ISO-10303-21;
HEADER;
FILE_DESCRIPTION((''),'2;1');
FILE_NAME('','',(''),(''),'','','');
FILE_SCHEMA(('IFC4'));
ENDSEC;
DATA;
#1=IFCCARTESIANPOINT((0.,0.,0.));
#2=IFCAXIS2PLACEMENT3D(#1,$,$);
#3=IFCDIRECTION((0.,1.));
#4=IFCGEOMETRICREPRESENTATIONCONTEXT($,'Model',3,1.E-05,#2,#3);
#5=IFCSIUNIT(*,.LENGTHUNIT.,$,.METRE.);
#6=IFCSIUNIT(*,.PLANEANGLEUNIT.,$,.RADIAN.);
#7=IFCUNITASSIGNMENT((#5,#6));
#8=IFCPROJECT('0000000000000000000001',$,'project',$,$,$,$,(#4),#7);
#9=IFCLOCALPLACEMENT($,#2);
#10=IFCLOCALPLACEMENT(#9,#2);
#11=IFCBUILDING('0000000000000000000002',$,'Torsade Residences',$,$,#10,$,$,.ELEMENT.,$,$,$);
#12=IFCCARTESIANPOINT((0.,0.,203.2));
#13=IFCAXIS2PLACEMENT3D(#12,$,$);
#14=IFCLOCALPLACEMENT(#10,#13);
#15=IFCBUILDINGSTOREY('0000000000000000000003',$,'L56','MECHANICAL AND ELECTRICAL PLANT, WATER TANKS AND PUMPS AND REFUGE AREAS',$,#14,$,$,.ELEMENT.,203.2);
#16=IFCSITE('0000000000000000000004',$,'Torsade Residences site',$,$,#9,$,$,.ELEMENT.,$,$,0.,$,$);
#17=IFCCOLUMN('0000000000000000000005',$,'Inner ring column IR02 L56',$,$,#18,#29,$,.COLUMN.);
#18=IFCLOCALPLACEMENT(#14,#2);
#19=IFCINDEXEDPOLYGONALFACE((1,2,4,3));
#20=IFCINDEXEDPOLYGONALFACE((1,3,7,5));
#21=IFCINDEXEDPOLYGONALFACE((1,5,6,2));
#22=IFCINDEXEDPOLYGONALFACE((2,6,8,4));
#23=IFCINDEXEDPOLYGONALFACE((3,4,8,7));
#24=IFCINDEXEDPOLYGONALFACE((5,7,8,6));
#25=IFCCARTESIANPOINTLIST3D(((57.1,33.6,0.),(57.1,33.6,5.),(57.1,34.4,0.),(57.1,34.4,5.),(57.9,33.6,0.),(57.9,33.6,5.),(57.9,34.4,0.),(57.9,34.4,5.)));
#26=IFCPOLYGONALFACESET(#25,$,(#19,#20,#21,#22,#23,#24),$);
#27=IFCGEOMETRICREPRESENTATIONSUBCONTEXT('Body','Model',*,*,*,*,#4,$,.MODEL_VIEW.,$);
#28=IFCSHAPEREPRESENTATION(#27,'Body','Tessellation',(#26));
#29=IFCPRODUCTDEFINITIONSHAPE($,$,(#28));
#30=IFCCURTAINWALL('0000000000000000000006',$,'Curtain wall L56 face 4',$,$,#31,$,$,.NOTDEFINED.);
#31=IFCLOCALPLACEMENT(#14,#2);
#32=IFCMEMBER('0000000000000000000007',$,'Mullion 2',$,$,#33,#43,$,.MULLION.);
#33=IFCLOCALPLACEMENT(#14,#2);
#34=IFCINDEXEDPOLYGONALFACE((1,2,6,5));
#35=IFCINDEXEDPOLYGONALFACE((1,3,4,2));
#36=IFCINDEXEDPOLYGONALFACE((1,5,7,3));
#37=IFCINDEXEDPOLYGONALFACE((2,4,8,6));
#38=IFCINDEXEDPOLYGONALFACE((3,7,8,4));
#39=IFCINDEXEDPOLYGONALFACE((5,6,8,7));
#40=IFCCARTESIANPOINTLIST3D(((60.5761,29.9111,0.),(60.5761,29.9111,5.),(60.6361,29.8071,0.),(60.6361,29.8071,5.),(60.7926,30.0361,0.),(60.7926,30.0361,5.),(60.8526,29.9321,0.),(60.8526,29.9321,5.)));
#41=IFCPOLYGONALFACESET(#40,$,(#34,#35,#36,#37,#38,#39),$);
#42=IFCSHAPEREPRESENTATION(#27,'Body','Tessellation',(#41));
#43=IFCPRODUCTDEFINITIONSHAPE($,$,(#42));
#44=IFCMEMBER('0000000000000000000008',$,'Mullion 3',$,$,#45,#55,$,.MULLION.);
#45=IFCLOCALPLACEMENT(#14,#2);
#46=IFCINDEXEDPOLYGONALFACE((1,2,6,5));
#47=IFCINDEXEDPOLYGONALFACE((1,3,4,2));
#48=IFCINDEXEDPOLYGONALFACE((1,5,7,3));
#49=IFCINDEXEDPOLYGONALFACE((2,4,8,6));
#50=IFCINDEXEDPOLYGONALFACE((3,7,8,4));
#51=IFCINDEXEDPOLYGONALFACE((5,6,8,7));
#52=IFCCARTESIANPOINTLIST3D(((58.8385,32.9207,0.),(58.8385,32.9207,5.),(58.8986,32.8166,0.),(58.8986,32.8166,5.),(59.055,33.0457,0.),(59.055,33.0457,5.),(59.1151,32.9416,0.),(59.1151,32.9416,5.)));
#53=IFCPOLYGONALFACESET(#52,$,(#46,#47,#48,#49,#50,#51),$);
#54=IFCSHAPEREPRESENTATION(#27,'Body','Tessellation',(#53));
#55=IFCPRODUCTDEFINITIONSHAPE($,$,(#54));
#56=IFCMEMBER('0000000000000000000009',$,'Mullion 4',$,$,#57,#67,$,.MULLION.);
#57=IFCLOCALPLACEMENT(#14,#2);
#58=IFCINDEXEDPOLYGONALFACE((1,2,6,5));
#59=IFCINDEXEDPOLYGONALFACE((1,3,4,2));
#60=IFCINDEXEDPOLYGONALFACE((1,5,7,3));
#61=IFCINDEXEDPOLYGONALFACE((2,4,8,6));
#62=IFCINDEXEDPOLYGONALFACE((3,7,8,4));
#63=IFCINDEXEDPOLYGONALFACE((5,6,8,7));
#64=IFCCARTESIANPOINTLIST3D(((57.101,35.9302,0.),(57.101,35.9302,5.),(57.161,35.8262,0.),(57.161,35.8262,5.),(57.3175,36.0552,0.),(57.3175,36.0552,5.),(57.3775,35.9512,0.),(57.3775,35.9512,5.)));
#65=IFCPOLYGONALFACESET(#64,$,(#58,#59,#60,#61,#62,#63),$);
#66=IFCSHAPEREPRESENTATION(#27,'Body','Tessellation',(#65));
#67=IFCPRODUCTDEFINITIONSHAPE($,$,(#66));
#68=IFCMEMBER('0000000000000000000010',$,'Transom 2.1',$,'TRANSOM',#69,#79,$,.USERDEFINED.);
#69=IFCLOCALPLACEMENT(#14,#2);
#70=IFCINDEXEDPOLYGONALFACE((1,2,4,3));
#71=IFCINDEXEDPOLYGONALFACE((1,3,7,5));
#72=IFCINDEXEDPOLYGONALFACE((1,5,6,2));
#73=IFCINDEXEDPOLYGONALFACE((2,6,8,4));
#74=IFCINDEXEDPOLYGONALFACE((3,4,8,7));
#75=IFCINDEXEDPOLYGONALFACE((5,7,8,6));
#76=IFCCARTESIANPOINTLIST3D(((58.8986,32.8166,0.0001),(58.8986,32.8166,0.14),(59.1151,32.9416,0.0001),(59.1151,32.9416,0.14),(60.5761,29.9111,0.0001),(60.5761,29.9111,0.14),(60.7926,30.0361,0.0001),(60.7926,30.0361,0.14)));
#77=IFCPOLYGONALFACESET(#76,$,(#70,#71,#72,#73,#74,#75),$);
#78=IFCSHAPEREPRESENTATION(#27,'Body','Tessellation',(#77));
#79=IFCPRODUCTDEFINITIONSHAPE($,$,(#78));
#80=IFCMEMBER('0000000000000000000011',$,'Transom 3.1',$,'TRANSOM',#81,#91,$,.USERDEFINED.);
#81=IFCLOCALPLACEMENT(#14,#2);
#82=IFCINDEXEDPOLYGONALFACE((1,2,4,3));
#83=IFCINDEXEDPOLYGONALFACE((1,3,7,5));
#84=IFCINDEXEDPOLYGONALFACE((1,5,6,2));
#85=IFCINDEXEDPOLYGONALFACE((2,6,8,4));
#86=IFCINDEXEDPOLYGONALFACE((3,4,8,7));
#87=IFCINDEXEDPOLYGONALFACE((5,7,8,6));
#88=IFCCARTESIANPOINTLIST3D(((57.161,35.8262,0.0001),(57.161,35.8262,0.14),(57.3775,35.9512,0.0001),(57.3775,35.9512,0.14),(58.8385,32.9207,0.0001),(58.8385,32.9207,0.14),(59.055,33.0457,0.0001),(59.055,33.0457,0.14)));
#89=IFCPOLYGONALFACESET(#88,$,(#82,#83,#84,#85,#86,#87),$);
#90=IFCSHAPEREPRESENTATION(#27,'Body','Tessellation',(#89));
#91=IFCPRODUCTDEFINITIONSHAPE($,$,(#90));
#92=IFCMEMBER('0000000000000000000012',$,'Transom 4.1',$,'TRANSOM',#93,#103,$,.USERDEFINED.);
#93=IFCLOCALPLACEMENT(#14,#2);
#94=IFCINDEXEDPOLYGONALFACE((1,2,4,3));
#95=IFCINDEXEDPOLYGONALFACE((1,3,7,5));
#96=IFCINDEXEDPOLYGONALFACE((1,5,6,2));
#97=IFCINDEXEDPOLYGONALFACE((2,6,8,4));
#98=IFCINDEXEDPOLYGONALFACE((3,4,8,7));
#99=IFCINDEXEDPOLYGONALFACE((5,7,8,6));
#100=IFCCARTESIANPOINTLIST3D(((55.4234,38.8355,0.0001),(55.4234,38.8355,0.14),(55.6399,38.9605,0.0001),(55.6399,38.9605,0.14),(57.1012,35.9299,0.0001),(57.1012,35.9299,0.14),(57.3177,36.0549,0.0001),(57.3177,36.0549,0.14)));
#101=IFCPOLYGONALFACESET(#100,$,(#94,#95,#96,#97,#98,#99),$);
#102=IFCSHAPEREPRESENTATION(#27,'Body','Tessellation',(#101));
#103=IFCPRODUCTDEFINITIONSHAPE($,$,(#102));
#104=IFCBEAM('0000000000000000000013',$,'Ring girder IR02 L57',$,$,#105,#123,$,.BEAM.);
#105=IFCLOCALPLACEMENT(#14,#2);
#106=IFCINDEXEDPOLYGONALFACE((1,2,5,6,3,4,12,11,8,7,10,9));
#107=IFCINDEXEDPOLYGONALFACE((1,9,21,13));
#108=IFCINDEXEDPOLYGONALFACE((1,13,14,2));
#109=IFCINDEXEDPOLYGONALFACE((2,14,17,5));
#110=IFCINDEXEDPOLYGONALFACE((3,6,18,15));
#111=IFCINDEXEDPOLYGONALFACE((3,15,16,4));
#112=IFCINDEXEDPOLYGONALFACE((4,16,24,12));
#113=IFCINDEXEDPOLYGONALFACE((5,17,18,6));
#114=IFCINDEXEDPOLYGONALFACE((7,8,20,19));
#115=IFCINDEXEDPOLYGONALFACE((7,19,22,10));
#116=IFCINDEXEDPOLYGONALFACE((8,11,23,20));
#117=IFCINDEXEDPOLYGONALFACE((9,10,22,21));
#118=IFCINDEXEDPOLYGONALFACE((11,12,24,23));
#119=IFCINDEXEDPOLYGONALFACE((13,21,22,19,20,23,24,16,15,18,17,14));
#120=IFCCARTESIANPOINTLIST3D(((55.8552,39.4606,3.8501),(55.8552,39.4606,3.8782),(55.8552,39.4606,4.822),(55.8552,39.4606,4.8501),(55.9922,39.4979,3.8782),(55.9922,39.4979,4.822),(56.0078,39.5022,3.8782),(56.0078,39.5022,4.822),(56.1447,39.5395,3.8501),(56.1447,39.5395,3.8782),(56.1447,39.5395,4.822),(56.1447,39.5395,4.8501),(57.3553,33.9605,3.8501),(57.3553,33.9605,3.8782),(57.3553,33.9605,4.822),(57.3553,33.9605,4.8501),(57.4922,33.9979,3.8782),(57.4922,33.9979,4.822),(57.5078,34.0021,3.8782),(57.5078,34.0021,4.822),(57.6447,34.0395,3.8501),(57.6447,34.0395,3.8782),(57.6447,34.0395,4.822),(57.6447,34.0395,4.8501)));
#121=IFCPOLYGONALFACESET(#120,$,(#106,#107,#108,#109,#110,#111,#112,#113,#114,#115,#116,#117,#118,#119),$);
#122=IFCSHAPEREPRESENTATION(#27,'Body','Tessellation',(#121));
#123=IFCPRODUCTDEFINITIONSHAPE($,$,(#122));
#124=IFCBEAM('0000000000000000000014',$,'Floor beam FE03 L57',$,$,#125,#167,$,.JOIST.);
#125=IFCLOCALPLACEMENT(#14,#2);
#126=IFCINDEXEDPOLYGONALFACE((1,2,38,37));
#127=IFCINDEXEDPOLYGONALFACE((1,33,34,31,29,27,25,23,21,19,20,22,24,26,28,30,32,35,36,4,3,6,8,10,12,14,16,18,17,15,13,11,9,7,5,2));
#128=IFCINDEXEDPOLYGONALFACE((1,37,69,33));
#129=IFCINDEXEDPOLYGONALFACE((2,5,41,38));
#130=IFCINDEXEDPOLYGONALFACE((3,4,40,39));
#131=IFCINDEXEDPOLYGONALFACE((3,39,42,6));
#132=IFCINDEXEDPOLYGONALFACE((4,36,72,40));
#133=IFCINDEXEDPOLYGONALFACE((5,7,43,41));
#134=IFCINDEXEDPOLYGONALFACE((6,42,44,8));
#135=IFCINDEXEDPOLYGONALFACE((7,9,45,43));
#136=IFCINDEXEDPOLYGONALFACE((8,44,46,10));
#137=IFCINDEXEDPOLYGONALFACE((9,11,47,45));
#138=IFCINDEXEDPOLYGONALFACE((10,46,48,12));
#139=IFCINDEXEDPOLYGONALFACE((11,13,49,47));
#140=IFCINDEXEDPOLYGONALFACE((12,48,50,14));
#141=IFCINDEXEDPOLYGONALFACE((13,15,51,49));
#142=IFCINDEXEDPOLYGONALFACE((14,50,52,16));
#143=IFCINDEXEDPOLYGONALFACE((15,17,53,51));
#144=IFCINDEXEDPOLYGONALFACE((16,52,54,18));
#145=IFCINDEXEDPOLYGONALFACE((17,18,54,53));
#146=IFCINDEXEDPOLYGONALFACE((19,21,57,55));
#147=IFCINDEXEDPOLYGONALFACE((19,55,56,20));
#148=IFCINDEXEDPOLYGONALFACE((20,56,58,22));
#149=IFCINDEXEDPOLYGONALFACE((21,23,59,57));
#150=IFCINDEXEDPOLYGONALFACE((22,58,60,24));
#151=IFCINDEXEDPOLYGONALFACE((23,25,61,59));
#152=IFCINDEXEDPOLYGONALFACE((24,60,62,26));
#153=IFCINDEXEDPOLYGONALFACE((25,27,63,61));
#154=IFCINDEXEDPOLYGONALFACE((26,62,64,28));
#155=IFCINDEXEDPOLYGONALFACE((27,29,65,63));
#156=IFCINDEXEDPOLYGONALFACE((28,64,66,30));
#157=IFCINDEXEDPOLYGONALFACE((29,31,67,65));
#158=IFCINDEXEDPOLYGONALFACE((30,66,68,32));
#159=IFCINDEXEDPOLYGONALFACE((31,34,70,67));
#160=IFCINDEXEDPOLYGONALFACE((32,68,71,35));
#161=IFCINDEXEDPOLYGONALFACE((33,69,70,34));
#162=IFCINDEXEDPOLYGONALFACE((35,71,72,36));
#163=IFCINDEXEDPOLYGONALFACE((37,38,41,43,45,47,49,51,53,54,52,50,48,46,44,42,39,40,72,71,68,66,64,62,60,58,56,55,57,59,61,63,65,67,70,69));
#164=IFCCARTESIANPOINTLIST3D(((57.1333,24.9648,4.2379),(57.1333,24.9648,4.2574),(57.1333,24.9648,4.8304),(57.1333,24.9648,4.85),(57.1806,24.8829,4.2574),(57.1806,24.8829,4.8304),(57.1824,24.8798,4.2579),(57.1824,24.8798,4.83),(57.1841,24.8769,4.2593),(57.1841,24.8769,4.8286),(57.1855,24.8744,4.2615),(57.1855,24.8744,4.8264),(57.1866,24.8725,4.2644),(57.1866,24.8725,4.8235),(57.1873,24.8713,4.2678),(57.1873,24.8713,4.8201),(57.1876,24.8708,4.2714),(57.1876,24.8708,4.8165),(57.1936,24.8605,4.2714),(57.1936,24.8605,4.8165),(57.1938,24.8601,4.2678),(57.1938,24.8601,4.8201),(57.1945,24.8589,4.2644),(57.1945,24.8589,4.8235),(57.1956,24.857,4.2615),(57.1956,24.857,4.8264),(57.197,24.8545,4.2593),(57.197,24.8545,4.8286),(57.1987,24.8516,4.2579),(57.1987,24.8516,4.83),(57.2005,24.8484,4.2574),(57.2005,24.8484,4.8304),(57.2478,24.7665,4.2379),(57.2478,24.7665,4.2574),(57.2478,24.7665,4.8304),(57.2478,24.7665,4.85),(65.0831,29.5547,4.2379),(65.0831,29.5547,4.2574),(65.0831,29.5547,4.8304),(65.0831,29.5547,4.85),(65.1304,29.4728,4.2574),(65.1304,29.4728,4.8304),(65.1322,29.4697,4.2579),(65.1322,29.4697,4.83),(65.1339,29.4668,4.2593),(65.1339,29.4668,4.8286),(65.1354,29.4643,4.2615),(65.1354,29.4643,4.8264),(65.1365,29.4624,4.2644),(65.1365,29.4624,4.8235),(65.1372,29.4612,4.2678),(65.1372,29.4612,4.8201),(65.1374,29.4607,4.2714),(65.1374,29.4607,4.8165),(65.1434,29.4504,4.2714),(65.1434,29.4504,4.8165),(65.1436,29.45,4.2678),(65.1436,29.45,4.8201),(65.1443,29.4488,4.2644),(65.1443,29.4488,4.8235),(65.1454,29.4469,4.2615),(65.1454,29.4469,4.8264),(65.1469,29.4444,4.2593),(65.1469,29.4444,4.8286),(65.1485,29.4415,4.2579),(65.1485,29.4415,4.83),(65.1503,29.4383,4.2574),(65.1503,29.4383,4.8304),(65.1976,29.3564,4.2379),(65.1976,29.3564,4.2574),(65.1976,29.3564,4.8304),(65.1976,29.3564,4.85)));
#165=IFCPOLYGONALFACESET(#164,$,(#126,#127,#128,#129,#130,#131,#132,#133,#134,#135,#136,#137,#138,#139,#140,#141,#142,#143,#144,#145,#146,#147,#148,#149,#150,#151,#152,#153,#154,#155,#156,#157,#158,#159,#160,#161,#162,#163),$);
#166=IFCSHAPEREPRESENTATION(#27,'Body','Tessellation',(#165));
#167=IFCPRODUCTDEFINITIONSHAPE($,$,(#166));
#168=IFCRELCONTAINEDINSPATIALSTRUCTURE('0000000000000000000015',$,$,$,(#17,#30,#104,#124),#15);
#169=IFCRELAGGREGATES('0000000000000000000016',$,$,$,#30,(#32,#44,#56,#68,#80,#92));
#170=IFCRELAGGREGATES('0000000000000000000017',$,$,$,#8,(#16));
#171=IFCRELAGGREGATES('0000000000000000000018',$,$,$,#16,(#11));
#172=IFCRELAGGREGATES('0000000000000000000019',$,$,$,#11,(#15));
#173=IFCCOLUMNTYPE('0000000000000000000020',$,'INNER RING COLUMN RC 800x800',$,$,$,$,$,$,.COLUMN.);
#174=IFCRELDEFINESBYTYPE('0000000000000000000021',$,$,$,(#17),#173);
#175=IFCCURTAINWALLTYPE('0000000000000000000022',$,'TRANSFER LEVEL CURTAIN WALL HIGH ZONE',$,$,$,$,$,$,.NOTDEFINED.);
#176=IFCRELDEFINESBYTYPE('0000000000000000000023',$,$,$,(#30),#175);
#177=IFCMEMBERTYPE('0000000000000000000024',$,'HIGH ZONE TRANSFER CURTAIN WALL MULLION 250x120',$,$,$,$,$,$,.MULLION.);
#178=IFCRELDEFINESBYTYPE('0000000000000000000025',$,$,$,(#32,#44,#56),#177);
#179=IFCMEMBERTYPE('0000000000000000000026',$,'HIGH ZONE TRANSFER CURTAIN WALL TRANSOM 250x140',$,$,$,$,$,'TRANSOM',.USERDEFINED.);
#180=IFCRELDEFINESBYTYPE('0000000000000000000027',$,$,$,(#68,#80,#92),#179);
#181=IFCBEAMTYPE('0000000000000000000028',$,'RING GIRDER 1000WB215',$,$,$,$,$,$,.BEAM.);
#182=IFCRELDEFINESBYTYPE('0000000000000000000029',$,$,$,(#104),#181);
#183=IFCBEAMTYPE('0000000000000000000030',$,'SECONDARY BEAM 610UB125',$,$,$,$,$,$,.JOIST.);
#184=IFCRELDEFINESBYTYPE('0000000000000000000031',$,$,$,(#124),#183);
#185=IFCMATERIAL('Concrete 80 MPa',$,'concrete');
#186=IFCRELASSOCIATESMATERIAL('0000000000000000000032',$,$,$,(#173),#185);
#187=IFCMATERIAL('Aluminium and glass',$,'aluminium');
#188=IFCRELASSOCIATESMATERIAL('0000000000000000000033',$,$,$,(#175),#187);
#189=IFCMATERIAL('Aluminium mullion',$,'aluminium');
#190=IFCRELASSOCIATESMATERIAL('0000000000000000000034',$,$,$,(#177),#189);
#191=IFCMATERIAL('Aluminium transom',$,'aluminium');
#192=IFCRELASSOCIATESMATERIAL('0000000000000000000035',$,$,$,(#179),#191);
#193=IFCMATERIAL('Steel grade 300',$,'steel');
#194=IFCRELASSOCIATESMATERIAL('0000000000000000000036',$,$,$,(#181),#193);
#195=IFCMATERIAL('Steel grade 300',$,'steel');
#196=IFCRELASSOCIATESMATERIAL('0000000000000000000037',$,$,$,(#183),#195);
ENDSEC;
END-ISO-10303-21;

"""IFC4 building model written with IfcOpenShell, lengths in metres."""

from ifc_helpers import new_model, si_unit, direction, frame, origin, origin_2d, place, context, subcontext, project, spatial, rectangle, i_section, extrude, material, material_profile, profile_set, type_object, element, aggregate, save


model = new_model("IFC4")

# Units and contexts
model_context = context("Model", 3, precision=1e-05, world=origin(), true_north=direction((0.0, 1.0)))
body_context = subcontext(model_context, "Body", "Model", "MODEL_VIEW")
ifc_project = project(units=[si_unit("LENGTHUNIT", "METRE"), si_unit("PLANEANGLEUNIT", "RADIAN")], contexts=[model_context])

# Site, building, storey
site_placement = place(None, origin())
site = spatial("IfcSite", under=ifc_project, at=site_placement, Name="Torsade Residences site", CompositionType="ELEMENT", RefElevation=0.0)
building_placement = place(site_placement, origin())
building = spatial("IfcBuilding", under=site, at=building_placement, Name="Torsade Residences", CompositionType="ELEMENT")
storey_placement = place(building_placement, frame((0.0, 0.0, 203.2)))
storey = spatial("IfcBuildingStorey", under=building, at=storey_placement, Name="L56", Description="MECHANICAL AND ELECTRICAL PLANT, WATER TANKS AND PUMPS AND REFUGE AREAS", CompositionType="ELEMENT", Elevation=203.2)

# Column
ifc_material_1 = material(Name="Concrete 80 MPa", Category="concrete")
ifc_material_profile_1 = material_profile(ifc_material_1, rectangle(XDim=0.8, YDim=0.8, at=origin_2d()), Name="RC 800x800")
ifc_profile_set_1 = profile_set([ifc_material_profile_1], Name="Concrete 80 MPa")
column_type = type_object("IfcColumnType", Name="INNER RING COLUMN RC 800x800", PredefinedType="COLUMN", material=ifc_profile_set_1)
column_placement = place(storey_placement, frame((57.5, 34.0, 0.0), z_axis=(0.0, 0.0, 1.0), x_axis=(1.0, 0.0, 0.0)))
element("IfcColumn", 1, at=column_placement, inside=storey, type_object=column_type, Name="Inner ring column IR02 L56", PredefinedType="COLUMN", context=body_context, shape_type="SweptSolid", body=[
    extrude(rectangle(XDim=0.8, YDim=0.8, at=origin_2d()), origin(), (0.0, 0.0, 1.0), 5.0),
])

# Curtain wall, members
ifc_material_2 = material(Name="Aluminium and glass", Category="aluminium")
curtain_wall_type = type_object("IfcCurtainWallType", Name="TRANSFER LEVEL CURTAIN WALL HIGH ZONE", PredefinedType="NOTDEFINED", material=ifc_material_2)
curtain_wall_placement = place(storey_placement, origin())
curtain_wall = element("IfcCurtainWall", 2, at=curtain_wall_placement, inside=storey, type_object=curtain_wall_type, Name="Curtain wall L56 face 4", PredefinedType="NOTDEFINED")
ifc_material_3 = material(Name="Aluminium mullion", Category="aluminium")
ifc_material_profile_2 = material_profile(ifc_material_3, rectangle(XDim=0.25, YDim=0.1201, at=origin_2d()), Name="HIGH ZONE TRANSFER CURTAIN WALL MULLION 250x120")
ifc_profile_set_2 = profile_set([ifc_material_profile_2], Name="Aluminium mullion")
member_type_1 = type_object("IfcMemberType", Name="HIGH ZONE TRANSFER CURTAIN WALL MULLION 250x120", PredefinedType="MULLION", material=ifc_profile_set_2)
member_1_placement = place(storey_placement, frame((60.7144, 29.9216, 0.0), z_axis=(0.0, 0.0, 1.0), x_axis=(-0.866025, -0.5, 0.0)))
member_1 = element("IfcMember", 3, at=member_1_placement, type_object=member_type_1, Name="Mullion 2", PredefinedType="MULLION", context=body_context, shape_type="SweptSolid", body=[
    extrude(rectangle(XDim=0.25, YDim=0.1201, at=origin_2d()), origin(), (0.0, 0.0, 1.0), 5.0),
])
member_2_placement = place(storey_placement, frame((58.9768, 32.9312, 0.0), z_axis=(0.0, 0.0, 1.0), x_axis=(-0.866025, -0.5, 0.0)))
member_2 = element("IfcMember", 4, at=member_2_placement, type_object=member_type_1, Name="Mullion 3", PredefinedType="MULLION", context=body_context, shape_type="SweptSolid", body=[
    extrude(rectangle(XDim=0.25, YDim=0.1201, at=origin_2d()), origin(), (0.0, 0.0, 1.0), 5.0),
])
member_3_placement = place(storey_placement, frame((57.2393, 35.9407, 0.0), z_axis=(0.0, 0.0, 1.0), x_axis=(-0.866025, -0.5, 0.0)))
member_3 = element("IfcMember", 5, at=member_3_placement, type_object=member_type_1, Name="Mullion 4", PredefinedType="MULLION", context=body_context, shape_type="SweptSolid", body=[
    extrude(rectangle(XDim=0.25, YDim=0.1201, at=origin_2d()), origin(), (0.0, 0.0, 1.0), 5.0),
])
ifc_material_4 = material(Name="Aluminium transom", Category="aluminium")
ifc_material_profile_3 = material_profile(ifc_material_4, rectangle(XDim=0.25, YDim=0.1399, at=origin_2d()), Name="HIGH ZONE TRANSFER CURTAIN WALL TRANSOM 250x140")
ifc_profile_set_3 = profile_set([ifc_material_profile_3], Name="Aluminium transom")
member_type_2 = type_object("IfcMemberType", Name="HIGH ZONE TRANSFER CURTAIN WALL TRANSOM 250x140", ElementType="TRANSOM", PredefinedType="USERDEFINED", material=ifc_profile_set_3)
member_4_placement = place(storey_placement, frame((60.6843, 29.9736, 0.0701), z_axis=(-0.499998, 0.866027, 0.0), x_axis=(-0.866027, -0.499998, 0.0)))
member_4 = element("IfcMember", 6, at=member_4_placement, type_object=member_type_2, Name="Transom 2.1", ObjectType="TRANSOM", PredefinedType="USERDEFINED", context=body_context, shape_type="SweptSolid", body=[
    extrude(rectangle(XDim=0.25, YDim=0.1399, at=origin_2d()), origin(), (0.0, 0.0, 1.0), 3.355),
])
member_5_placement = place(storey_placement, frame((58.9468, 32.9832, 0.0701), z_axis=(-0.499998, 0.866027, 0.0), x_axis=(-0.866027, -0.499998, 0.0)))
member_5 = element("IfcMember", 7, at=member_5_placement, type_object=member_type_2, Name="Transom 3.1", ObjectType="TRANSOM", PredefinedType="USERDEFINED", context=body_context, shape_type="SweptSolid", body=[
    extrude(rectangle(XDim=0.25, YDim=0.1399, at=origin_2d()), origin(), (0.0, 0.0, 1.0), 3.355),
])
member_6_placement = place(storey_placement, frame((57.2095, 35.9924, 0.0701), z_axis=(-0.500052, 0.865995, 0.0), x_axis=(-0.865995, -0.500052, 0.0)))
member_6 = element("IfcMember", 8, at=member_6_placement, type_object=member_type_2, Name="Transom 4.1", ObjectType="TRANSOM", PredefinedType="USERDEFINED", context=body_context, shape_type="SweptSolid", body=[
    extrude(rectangle(XDim=0.25, YDim=0.1399, at=origin_2d()), origin(), (0.0, 0.0, 1.0), 3.3552),
])

# Beams
ifc_material_5 = material(Name="Steel grade 300", Category="steel")
ifc_material_profile_4 = material_profile(ifc_material_5, i_section(OverallWidth=0.3, OverallDepth=1.0, WebThickness=0.0161, FlangeThickness=0.0281, at=origin_2d()), Name="1000WB215")
ifc_profile_set_4 = profile_set([ifc_material_profile_4], Name="Steel grade 300")
beam_type_1 = type_object("IfcBeamType", Name="RING GIRDER 1000WB215", PredefinedType="BEAM", material=ifc_profile_set_4)
beam_1_placement = place(storey_placement, frame((57.5, 34.0, 4.3501), z_axis=(-0.263117, 0.964764, 0.0), x_axis=(-0.964764, -0.263117, 0.0)))
element("IfcBeam", 9, at=beam_1_placement, inside=storey, type_object=beam_type_1, Name="Ring girder IR02 L57", PredefinedType="BEAM", context=body_context, shape_type="SweptSolid", body=[
    extrude(i_section(OverallWidth=0.3, OverallDepth=1.0, WebThickness=0.0161, FlangeThickness=0.0281, at=origin_2d()), origin(), (0.0, 0.0, 1.0), 5.7009),
])
ifc_material_6 = material(Name="Steel grade 300", Category="steel")
ifc_material_profile_5 = material_profile(ifc_material_6, i_section(OverallWidth=0.229, OverallDepth=0.6121, WebThickness=0.012, FlangeThickness=0.0195, FilletRadius=0.0139, at=origin_2d()), Name="610UB125")
ifc_profile_set_5 = profile_set([ifc_material_profile_5], Name="Steel grade 300")
beam_type_2 = type_object("IfcBeamType", Name="SECONDARY BEAM 610UB125", PredefinedType="JOIST", material=ifc_profile_set_5)
beam_2_placement = place(storey_placement, frame((65.1404, 29.4556, 4.5439), z_axis=(-0.866022, -0.500006, 0.0), x_axis=(0.500006, -0.866022, 0.0)))
element("IfcBeam", 10, at=beam_2_placement, inside=storey, type_object=beam_type_2, Name="Floor beam FE03 L57", PredefinedType="JOIST", context=body_context, shape_type="SweptSolid", body=[
    extrude(i_section(OverallWidth=0.229, OverallDepth=0.6121, WebThickness=0.012, FlangeThickness=0.0195, FilletRadius=0.0139, at=origin_2d()), origin(), (0.0, 0.0, 1.0), 9.1797),
])

aggregate(curtain_wall, [member_1, member_2, member_3, member_4, member_5, member_6])

save(model, "model.ifc")
